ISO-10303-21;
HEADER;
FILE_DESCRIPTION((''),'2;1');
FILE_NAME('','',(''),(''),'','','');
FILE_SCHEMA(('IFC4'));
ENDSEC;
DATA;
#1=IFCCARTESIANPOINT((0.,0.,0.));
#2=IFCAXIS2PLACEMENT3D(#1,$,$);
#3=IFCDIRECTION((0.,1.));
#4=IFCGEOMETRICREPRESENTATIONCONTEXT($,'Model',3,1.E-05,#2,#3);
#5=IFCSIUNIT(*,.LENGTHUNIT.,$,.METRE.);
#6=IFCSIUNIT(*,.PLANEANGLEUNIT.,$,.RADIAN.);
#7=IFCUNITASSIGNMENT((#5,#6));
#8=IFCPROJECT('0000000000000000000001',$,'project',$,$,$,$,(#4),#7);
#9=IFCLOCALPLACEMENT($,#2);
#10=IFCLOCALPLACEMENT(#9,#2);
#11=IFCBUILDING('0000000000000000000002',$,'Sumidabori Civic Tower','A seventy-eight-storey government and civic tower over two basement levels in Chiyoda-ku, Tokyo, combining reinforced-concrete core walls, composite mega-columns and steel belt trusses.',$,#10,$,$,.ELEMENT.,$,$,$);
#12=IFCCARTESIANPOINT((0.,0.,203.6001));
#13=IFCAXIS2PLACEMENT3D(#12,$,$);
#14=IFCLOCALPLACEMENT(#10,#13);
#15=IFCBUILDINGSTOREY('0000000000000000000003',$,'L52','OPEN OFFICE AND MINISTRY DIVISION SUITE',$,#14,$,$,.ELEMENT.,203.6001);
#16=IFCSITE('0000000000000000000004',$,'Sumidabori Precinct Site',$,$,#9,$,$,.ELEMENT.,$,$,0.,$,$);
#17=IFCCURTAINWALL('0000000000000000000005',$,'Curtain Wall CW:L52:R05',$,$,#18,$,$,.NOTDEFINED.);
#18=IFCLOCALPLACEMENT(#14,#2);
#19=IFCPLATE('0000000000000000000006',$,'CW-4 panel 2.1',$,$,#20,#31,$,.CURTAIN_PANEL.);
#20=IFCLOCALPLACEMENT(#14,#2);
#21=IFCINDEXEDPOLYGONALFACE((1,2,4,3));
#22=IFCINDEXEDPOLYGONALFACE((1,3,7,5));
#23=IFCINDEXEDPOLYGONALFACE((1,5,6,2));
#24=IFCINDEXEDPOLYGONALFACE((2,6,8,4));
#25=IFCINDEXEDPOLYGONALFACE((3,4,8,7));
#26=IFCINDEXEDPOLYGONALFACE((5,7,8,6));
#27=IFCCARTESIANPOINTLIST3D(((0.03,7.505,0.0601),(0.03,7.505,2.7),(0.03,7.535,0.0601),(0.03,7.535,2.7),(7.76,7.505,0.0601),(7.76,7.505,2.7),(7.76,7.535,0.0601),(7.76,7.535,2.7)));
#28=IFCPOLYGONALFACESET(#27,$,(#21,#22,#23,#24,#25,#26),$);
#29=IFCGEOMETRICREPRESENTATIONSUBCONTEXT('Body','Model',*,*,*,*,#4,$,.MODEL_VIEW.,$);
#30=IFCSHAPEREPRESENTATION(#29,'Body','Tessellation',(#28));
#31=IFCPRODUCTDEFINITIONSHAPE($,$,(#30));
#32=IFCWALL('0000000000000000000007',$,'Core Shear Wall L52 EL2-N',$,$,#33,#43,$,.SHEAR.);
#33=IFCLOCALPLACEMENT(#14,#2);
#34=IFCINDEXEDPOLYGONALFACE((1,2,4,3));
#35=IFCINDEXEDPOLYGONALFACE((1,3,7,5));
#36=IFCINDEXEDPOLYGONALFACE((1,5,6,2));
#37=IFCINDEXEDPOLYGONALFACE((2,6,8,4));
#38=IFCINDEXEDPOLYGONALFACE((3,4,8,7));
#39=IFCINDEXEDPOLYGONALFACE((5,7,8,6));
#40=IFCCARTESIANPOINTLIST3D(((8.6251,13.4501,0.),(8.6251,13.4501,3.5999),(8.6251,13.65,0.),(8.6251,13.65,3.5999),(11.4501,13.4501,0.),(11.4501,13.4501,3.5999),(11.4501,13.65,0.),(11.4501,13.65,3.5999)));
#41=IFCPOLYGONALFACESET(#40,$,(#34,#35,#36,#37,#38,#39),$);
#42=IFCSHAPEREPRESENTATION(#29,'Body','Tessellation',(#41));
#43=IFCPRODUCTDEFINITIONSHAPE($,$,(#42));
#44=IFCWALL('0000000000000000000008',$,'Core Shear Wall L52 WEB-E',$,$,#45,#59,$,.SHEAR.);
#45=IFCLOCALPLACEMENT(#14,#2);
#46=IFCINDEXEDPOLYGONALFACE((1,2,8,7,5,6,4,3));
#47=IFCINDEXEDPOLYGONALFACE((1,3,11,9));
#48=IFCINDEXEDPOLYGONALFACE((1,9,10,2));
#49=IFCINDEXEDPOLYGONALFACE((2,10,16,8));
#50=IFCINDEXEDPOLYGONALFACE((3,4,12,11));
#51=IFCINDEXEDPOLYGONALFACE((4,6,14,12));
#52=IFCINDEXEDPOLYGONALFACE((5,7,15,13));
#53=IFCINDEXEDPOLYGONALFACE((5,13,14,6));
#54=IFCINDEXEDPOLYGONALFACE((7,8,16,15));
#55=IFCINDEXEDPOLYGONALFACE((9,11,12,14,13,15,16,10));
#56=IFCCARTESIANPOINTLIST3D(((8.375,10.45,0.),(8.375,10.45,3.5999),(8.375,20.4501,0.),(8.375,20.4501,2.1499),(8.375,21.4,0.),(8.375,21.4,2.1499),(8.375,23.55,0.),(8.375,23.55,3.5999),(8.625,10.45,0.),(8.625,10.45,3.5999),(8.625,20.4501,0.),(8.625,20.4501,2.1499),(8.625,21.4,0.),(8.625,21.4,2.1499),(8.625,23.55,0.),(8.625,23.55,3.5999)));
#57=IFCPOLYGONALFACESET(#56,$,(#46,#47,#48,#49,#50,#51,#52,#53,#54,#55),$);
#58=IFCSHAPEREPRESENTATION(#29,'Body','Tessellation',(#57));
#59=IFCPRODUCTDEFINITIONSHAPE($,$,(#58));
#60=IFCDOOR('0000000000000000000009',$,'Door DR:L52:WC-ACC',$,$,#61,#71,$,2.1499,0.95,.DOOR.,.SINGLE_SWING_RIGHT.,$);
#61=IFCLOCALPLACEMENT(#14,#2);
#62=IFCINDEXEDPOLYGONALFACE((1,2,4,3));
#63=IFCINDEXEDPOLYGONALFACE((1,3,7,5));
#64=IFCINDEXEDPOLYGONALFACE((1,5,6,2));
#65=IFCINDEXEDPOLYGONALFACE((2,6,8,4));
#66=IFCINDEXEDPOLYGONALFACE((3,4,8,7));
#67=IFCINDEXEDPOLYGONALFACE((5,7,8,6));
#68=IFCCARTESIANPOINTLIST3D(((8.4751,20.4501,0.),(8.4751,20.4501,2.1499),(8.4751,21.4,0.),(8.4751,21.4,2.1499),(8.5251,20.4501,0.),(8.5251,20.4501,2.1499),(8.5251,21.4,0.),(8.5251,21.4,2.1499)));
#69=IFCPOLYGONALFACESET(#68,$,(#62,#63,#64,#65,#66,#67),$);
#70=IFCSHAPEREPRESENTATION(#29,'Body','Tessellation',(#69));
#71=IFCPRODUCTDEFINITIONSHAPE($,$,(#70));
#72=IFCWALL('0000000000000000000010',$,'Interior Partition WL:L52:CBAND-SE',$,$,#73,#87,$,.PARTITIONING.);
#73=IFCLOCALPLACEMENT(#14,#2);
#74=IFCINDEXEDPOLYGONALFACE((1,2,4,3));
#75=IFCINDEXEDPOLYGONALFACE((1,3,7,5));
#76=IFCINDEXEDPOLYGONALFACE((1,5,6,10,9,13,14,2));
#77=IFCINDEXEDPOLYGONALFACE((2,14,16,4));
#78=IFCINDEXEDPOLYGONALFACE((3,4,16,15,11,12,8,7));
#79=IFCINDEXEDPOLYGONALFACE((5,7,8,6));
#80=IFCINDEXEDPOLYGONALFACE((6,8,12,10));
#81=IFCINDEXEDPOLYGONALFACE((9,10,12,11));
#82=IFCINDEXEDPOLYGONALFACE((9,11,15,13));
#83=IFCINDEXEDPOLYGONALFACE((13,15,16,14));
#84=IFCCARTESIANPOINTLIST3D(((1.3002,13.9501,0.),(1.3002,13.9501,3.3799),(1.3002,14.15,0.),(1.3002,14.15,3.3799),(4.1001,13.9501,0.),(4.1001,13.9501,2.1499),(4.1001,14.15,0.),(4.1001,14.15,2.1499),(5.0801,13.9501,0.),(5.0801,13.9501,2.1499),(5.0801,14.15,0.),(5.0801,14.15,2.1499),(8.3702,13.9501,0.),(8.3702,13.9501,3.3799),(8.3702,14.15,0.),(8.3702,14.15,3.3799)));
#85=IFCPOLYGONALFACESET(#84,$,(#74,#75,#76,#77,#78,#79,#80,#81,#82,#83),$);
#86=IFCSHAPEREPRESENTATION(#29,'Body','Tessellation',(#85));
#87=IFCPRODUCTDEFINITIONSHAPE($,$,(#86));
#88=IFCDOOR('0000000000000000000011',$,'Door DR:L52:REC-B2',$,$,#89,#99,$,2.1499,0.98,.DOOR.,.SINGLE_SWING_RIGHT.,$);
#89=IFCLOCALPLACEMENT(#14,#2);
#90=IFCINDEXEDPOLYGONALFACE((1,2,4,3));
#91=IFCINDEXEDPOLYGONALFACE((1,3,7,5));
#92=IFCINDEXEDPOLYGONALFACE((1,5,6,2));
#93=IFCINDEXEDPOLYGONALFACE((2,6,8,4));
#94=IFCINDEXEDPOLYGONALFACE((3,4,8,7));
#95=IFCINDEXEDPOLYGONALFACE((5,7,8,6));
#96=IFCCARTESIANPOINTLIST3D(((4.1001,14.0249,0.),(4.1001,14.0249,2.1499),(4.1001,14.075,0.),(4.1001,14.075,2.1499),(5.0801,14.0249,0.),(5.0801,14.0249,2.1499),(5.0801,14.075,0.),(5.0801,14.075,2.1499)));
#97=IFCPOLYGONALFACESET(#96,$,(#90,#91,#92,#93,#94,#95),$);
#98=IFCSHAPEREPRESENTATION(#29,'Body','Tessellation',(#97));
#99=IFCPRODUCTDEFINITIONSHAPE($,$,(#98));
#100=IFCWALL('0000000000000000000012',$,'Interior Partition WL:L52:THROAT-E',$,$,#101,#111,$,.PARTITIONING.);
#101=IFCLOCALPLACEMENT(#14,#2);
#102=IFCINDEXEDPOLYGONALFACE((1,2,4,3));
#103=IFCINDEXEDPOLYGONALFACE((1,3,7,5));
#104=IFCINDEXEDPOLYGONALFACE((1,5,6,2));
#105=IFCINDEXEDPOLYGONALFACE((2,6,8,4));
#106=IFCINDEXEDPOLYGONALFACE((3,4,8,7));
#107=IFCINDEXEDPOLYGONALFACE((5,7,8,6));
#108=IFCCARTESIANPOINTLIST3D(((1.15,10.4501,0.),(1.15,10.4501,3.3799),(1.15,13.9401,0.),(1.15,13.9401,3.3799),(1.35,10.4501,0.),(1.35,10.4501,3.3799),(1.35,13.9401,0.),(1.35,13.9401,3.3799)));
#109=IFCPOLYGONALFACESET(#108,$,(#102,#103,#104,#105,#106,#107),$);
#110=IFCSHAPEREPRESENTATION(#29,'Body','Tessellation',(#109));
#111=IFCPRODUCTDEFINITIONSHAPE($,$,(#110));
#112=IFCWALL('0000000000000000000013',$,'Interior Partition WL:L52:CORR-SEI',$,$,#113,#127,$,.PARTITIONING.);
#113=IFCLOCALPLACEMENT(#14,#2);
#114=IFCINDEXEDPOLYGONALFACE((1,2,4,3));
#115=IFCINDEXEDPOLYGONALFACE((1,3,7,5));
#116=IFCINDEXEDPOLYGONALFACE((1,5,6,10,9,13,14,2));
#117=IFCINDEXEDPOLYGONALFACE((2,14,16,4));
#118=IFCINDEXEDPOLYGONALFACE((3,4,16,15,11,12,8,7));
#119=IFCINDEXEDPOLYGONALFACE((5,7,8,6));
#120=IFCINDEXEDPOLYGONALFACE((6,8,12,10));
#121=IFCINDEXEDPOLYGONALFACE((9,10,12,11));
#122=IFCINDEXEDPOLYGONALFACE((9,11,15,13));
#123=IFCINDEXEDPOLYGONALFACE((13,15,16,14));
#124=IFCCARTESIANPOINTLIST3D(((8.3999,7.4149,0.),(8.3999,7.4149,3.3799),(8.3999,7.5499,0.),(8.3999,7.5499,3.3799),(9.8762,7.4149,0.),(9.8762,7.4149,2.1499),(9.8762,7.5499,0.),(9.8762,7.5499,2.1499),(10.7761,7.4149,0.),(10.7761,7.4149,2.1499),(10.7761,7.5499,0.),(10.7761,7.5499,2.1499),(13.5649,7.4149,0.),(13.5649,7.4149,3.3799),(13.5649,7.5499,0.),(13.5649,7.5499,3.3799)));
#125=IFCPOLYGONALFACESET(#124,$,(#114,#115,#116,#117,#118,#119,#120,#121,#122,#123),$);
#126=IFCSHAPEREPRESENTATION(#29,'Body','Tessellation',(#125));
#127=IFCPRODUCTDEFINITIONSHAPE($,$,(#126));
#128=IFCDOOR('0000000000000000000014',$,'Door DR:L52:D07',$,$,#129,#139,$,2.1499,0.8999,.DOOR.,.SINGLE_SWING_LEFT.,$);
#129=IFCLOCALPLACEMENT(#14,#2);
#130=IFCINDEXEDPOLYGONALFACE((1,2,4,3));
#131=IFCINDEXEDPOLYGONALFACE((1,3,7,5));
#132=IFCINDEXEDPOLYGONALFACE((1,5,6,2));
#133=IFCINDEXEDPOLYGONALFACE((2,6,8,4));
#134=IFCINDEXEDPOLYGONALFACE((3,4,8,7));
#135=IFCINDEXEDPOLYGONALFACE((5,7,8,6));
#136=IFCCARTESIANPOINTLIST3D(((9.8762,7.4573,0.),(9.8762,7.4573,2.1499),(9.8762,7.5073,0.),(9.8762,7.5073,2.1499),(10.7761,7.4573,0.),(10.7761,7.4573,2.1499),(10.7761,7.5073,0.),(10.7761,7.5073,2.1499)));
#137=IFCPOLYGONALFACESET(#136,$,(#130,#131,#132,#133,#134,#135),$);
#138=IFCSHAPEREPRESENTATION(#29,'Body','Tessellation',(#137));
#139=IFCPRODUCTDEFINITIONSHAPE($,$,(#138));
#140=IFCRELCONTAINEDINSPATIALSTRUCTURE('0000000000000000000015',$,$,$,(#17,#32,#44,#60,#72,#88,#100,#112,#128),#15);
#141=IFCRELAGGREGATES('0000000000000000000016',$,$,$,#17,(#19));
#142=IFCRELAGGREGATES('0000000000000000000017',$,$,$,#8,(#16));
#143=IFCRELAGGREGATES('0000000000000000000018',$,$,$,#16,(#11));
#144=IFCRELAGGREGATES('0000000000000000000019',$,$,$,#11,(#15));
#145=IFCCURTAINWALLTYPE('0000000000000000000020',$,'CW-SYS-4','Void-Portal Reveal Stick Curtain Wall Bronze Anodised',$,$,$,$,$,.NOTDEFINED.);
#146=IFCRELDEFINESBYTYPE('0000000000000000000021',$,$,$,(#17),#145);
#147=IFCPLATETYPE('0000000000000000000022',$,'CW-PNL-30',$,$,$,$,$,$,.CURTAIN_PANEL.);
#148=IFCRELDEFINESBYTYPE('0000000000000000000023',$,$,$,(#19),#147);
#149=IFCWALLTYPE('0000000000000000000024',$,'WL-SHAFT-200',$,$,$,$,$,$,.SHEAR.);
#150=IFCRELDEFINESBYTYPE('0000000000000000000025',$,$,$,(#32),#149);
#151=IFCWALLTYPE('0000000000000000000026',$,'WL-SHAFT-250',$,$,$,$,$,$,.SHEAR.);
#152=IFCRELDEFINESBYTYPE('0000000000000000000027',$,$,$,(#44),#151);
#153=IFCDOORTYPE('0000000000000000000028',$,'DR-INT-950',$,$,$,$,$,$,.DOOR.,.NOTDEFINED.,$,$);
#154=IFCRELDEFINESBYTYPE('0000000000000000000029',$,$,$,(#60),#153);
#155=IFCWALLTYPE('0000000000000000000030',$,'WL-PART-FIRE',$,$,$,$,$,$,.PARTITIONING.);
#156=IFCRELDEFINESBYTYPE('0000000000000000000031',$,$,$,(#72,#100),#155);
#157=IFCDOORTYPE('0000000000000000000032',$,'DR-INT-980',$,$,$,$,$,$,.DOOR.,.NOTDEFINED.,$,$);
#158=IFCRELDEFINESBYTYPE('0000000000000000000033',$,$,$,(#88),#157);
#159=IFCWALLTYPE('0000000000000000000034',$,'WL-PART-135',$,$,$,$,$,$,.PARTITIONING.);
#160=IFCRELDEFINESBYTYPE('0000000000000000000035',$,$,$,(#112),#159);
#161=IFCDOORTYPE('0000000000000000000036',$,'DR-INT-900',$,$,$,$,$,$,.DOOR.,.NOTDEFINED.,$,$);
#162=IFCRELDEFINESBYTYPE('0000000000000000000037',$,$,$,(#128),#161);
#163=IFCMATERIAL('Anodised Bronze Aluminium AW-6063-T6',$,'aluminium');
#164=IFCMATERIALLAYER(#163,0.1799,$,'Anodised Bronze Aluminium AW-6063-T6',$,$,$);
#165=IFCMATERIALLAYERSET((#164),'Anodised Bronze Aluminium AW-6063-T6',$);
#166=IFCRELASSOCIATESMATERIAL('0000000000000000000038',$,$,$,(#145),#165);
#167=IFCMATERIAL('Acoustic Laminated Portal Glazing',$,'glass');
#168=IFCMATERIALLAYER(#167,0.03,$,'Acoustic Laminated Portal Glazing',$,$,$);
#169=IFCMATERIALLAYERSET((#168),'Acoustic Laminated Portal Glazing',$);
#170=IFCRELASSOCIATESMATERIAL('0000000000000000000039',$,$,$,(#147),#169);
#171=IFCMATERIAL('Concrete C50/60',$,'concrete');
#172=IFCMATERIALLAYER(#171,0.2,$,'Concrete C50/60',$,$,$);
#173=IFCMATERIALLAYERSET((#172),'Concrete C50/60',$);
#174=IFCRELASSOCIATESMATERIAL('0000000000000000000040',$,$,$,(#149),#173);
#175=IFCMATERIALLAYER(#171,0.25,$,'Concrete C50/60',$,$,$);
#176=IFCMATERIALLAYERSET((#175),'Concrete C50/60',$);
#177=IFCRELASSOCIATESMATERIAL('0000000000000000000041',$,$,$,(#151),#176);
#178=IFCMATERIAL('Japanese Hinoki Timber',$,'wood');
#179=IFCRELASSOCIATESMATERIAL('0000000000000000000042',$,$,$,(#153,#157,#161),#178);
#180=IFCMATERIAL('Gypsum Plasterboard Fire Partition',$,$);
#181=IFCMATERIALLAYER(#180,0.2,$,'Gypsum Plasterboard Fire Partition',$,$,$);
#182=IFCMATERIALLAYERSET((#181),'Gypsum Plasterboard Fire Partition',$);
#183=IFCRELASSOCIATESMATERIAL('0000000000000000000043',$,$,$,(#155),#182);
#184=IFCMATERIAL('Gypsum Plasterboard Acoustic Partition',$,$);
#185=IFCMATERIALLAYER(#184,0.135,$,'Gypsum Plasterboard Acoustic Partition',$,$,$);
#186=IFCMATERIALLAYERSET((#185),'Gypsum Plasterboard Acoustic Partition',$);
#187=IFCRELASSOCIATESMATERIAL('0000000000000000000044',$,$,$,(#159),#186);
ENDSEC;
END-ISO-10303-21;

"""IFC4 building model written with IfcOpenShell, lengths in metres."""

from ifc_helpers import new_model, si_unit, direction, frame, frame_2d, origin, origin_2d, place, context, subcontext, project, spatial, rectangle, extrude, source, transform, mapped, material, layer, layer_set, type_object, element, fill, aggregate, save


model = new_model("IFC4")

# Units and contexts
model_context = context("Model", 3, precision=1e-05, world=origin(), true_north=direction((0.0, 1.0)))
body_context = subcontext(model_context, "Body", "Model", "MODEL_VIEW")
ifc_project = project(units=[si_unit("LENGTHUNIT", "METRE"), si_unit("PLANEANGLEUNIT", "RADIAN")], contexts=[model_context])

# Site, building, storey
site_placement = place(None, origin())
site = spatial("IfcSite", under=ifc_project, at=site_placement, Name="Sumidabori Precinct Site", CompositionType="ELEMENT", RefElevation=0.0)
building_placement = place(site_placement, origin())
building = spatial("IfcBuilding", under=site, at=building_placement, Name="Sumidabori Civic Tower", Description="A seventy-eight-storey government and civic tower over two basement levels in Chiyoda-ku, Tokyo, combining reinforced-concrete core walls, composite mega-columns and steel belt trusses.", CompositionType="ELEMENT")
storey_placement = place(building_placement, frame((0.0, 0.0, 203.6001)))
storey = spatial("IfcBuildingStorey", under=building, at=storey_placement, Name="L52", Description="OPEN OFFICE AND MINISTRY DIVISION SUITE", CompositionType="ELEMENT", Elevation=203.6001)

# Curtain wall
ifc_material_1 = material(Name="Anodised Bronze Aluminium AW-6063-T6", Category="aluminium")
ifc_layer_1 = layer(ifc_material_1, 0.1799, Name="Anodised Bronze Aluminium AW-6063-T6")
ifc_layer_set_1 = layer_set([ifc_layer_1], Name="Anodised Bronze Aluminium AW-6063-T6")
curtain_wall_type = type_object("IfcCurtainWallType", Name="CW-SYS-4", Description="Void-Portal Reveal Stick Curtain Wall Bronze Anodised", PredefinedType="NOTDEFINED", material=ifc_layer_set_1)
curtain_wall_1_placement = place(storey_placement, origin())
curtain_wall_1 = element("IfcCurtainWall", 1, at=curtain_wall_1_placement, inside=storey, type_object=curtain_wall_type, Name="Curtain Wall CW:L52:R05", PredefinedType="NOTDEFINED")

# Plate
ifc_material_2 = material(Name="Acoustic Laminated Portal Glazing", Category="glass")
ifc_layer_2 = layer(ifc_material_2, 0.03, Name="Acoustic Laminated Portal Glazing")
ifc_layer_set_2 = layer_set([ifc_layer_2], Name="Acoustic Laminated Portal Glazing")
plate_type = type_object("IfcPlateType", Name="CW-PNL-30", PredefinedType="CURTAIN_PANEL", material=ifc_layer_set_2)
shared_shape_1 = source(origin(), body_context, "Body", "SweptSolid", [
    extrude(rectangle(XDim=7.73, YDim=0.03, at=origin_2d()), origin(), (0.0, 0.0, 1.0), 2.6399),
])
plate_1_placement = place(storey_placement, frame((3.895, 7.52, 0.0601), z_axis=(0.0, 0.0, 1.0), x_axis=(1.0, 0.0, 0.0)))
plate_1 = element("IfcPlate", 2, at=plate_1_placement, type_object=plate_type, Name="CW-4 panel 2.1", PredefinedType="CURTAIN_PANEL", context=body_context, shape_type="MappedRepresentation", body=[
    mapped(shared_shape_1, transform((0.0, 0.0, 0.0), x_axis=(1.0, 0.0, 0.0), y_axis=(0.0, 1.0, 0.0), z_axis=(0.0, 0.0, 1.0), scale=1.0)),
])
aggregate(curtain_wall_1, [plate_1])

# Wall
ifc_material_3 = material(Name="Concrete C50/60", Category="concrete")
ifc_layer_3 = layer(ifc_material_3, 0.2, Name="Concrete C50/60")
ifc_layer_set_3 = layer_set([ifc_layer_3], Name="Concrete C50/60")
wall_type_1 = type_object("IfcWallType", Name="WL-SHAFT-200", PredefinedType="SHEAR", material=ifc_layer_set_3)
shared_shape_2 = source(origin(), body_context, "Body", "SweptSolid", [
    extrude(rectangle(XDim=2.825, YDim=0.2, at=frame_2d((1.4126, 0.0))), origin(), (0.0, 0.0, 1.0), 3.5999),
])
wall_1_placement = place(storey_placement, frame((8.625, 13.55, 0.0), z_axis=(0.0, 0.0, 1.0), x_axis=(1.0, 0.0, 0.0)))
element("IfcWall", 3, at=wall_1_placement, inside=storey, type_object=wall_type_1, Name="Core Shear Wall L52 EL2-N", PredefinedType="SHEAR", context=body_context, shape_type="MappedRepresentation", body=[
    mapped(shared_shape_2, transform((0.0, 0.0, 0.0), x_axis=(1.0, 0.0, 0.0), y_axis=(0.0, 1.0, 0.0), z_axis=(0.0, 0.0, 1.0), scale=1.0)),
])

# Walls, openings, doors
ifc_layer_4 = layer(ifc_material_3, 0.25, Name="Concrete C50/60")
ifc_layer_set_4 = layer_set([ifc_layer_4], Name="Concrete C50/60")
wall_type_2 = type_object("IfcWallType", Name="WL-SHAFT-250", PredefinedType="SHEAR", material=ifc_layer_set_4)
shared_shape_3 = source(origin(), body_context, "Body", "SweptSolid", [
    extrude(rectangle(XDim=13.1001, YDim=0.25, at=frame_2d((6.55, 0.0))), origin(), (0.0, 0.0, 1.0), 3.5999),
])
wall_2_placement = place(storey_placement, frame((8.5, 10.45, 0.0), z_axis=(0.0, 0.0, 1.0), x_axis=(0.0, 1.0, 0.0)))
wall_2 = element("IfcWall", 4, at=wall_2_placement, inside=storey, type_object=wall_type_2, Name="Core Shear Wall L52 WEB-E", PredefinedType="SHEAR", context=body_context, shape_type="MappedRepresentation", body=[
    mapped(shared_shape_3, transform((0.0, 0.0, 0.0), x_axis=(1.0, 0.0, 0.0), y_axis=(0.0, 1.0, 0.0), z_axis=(0.0, 0.0, 1.0), scale=1.0)),
])
opening_1_placement = place(wall_2_placement, frame((10.0, 0.0, 0.0)))
opening_1 = element("IfcOpeningElement", 5, at=opening_1_placement, cuts=wall_2, PredefinedType="OPENING", context=body_context, shape_type="SweptSolid", body=[
    extrude(rectangle(XDim=0.95, YDim=2.1499, at=frame_2d((0.4751, 1.075))), frame((0.0, 0.137, 0.0), z_axis=(0.0, -1.0, 0.0), x_axis=(1.0, 0.0, 0.0)), (0.0, 0.0, 1.0), 0.2739),
])
ifc_material_4 = material(Name="Japanese Hinoki Timber", Category="wood")
door_type_1 = type_object("IfcDoorType", Name="DR-INT-950", OperationType="NOTDEFINED", PredefinedType="DOOR", material=ifc_material_4)
shared_shape_4 = source(origin(), body_context, "Body", "SweptSolid", [
    extrude(rectangle(XDim=0.95, YDim=2.1499, at=frame_2d((0.4751, 1.075))), frame((0.0, 0.0249, 0.0), z_axis=(0.0, -1.0, 0.0), x_axis=(1.0, 0.0, 0.0)), (0.0, 0.0, 1.0), 0.05),
])
door_1_placement = place(opening_1_placement, origin())
door_1 = element("IfcDoor", 6, at=door_1_placement, inside=storey, type_object=door_type_1, Name="Door DR:L52:WC-ACC", OperationType="SINGLE_SWING_RIGHT", OverallHeight=2.1499, OverallWidth=0.95, PredefinedType="DOOR", context=body_context, shape_type="MappedRepresentation", body=[
    mapped(shared_shape_4, transform((0.0, 0.0, 0.0), x_axis=(1.0, 0.0, 0.0), y_axis=(0.0, 1.0, 0.0), z_axis=(0.0, 0.0, 1.0), scale=1.0)),
])
fill(opening_1, door_1)
ifc_material_5 = material(Name="Gypsum Plasterboard Fire Partition")
ifc_layer_5 = layer(ifc_material_5, 0.2, Name="Gypsum Plasterboard Fire Partition")
ifc_layer_set_5 = layer_set([ifc_layer_5], Name="Gypsum Plasterboard Fire Partition")
wall_type_3 = type_object("IfcWallType", Name="WL-PART-FIRE", PredefinedType="PARTITIONING", material=ifc_layer_set_5)
shared_shape_5 = source(origin(), body_context, "Body", "SweptSolid", [
    extrude(rectangle(XDim=7.0701, YDim=0.2, at=frame_2d((3.5352, 0.0))), origin(), (0.0, 0.0, 1.0), 3.3799),
])
wall_3_placement = place(storey_placement, frame((1.3, 14.05, 0.0), z_axis=(0.0, 0.0, 1.0), x_axis=(1.0, 0.0, 0.0)))
wall_3 = element("IfcWall", 7, at=wall_3_placement, inside=storey, type_object=wall_type_3, Name="Interior Partition WL:L52:CBAND-SE", PredefinedType="PARTITIONING", context=body_context, shape_type="MappedRepresentation", body=[
    mapped(shared_shape_5, transform((0.0, 0.0, 0.0), x_axis=(1.0, 0.0, 0.0), y_axis=(0.0, 1.0, 0.0), z_axis=(0.0, 0.0, 1.0), scale=1.0)),
])
opening_2_placement = place(wall_3_placement, frame((2.8, 0.0, 0.0)))
opening_2 = element("IfcOpeningElement", 8, at=opening_2_placement, cuts=wall_3, PredefinedType="OPENING", context=body_context, shape_type="SweptSolid", body=[
    extrude(rectangle(XDim=0.98, YDim=2.1499, at=frame_2d((0.49, 1.075))), frame((0.0, 0.1118, 0.0), z_axis=(0.0, -1.0, 0.0), x_axis=(1.0, 0.0, 0.0)), (0.0, 0.0, 1.0), 0.2239),
])
door_type_2 = type_object("IfcDoorType", Name="DR-INT-980", OperationType="NOTDEFINED", PredefinedType="DOOR", material=ifc_material_4)
shared_shape_6 = source(origin(), body_context, "Body", "SweptSolid", [
    extrude(rectangle(XDim=0.98, YDim=2.1499, at=frame_2d((0.49, 1.075))), frame((0.0, 0.0249, 0.0), z_axis=(0.0, -1.0, 0.0), x_axis=(1.0, 0.0, 0.0)), (0.0, 0.0, 1.0), 0.05),
])
door_2_placement = place(opening_2_placement, origin())
door_2 = element("IfcDoor", 9, at=door_2_placement, inside=storey, type_object=door_type_2, Name="Door DR:L52:REC-B2", OperationType="SINGLE_SWING_RIGHT", OverallHeight=2.1499, OverallWidth=0.98, PredefinedType="DOOR", context=body_context, shape_type="MappedRepresentation", body=[
    mapped(shared_shape_6, transform((0.0, 0.0, 0.0), x_axis=(1.0, 0.0, 0.0), y_axis=(0.0, 1.0, 0.0), z_axis=(0.0, 0.0, 1.0), scale=1.0)),
])
fill(opening_2, door_2)

# Wall
shared_shape_7 = source(origin(), body_context, "Body", "SweptSolid", [
    extrude(rectangle(XDim=3.49, YDim=0.2, at=frame_2d((1.7451, 0.0))), origin(), (0.0, 0.0, 1.0), 3.3799),
])
wall_4_placement = place(storey_placement, frame((1.25, 10.45, 0.0), z_axis=(0.0, 0.0, 1.0), x_axis=(0.0, 1.0, 0.0)))
element("IfcWall", 10, at=wall_4_placement, inside=storey, type_object=wall_type_3, Name="Interior Partition WL:L52:THROAT-E", PredefinedType="PARTITIONING", context=body_context, shape_type="MappedRepresentation", body=[
    mapped(shared_shape_7, transform((0.0, 0.0, 0.0), x_axis=(1.0, 0.0, 0.0), y_axis=(0.0, 1.0, 0.0), z_axis=(0.0, 0.0, 1.0), scale=1.0)),
])

# Wall, opening, door
ifc_material_6 = material(Name="Gypsum Plasterboard Acoustic Partition")
ifc_layer_6 = layer(ifc_material_6, 0.135, Name="Gypsum Plasterboard Acoustic Partition")
ifc_layer_set_6 = layer_set([ifc_layer_6], Name="Gypsum Plasterboard Acoustic Partition")
wall_type_4 = type_object("IfcWallType", Name="WL-PART-135", PredefinedType="PARTITIONING", material=ifc_layer_set_6)
shared_shape_8 = source(origin(), body_context, "Body", "SweptSolid", [
    extrude(rectangle(XDim=5.165, YDim=0.135, at=frame_2d((2.5825, 0.0))), origin(), (0.0, 0.0, 1.0), 3.3799),
])
wall_5_placement = place(storey_placement, frame((8.3999, 7.4824, 0.0), z_axis=(0.0, 0.0, 1.0), x_axis=(1.0, 0.0, 0.0)))
wall_5 = element("IfcWall", 11, at=wall_5_placement, inside=storey, type_object=wall_type_4, Name="Interior Partition WL:L52:CORR-SEI", PredefinedType="PARTITIONING", context=body_context, shape_type="MappedRepresentation", body=[
    mapped(shared_shape_8, transform((0.0, 0.0, 0.0), x_axis=(1.0, 0.0, 0.0), y_axis=(0.0, 1.0, 0.0), z_axis=(0.0, 0.0, 1.0), scale=1.0)),
])
opening_3_placement = place(wall_5_placement, frame((1.4763, 0.0, 0.0)))
opening_3 = element("IfcOpeningElement", 12, at=opening_3_placement, cuts=wall_5, PredefinedType="OPENING", context=body_context, shape_type="SweptSolid", body=[
    extrude(rectangle(XDim=0.8999, YDim=2.1499, at=frame_2d((0.45, 1.075))), frame((0.0, 0.0796, 0.0), z_axis=(0.0, -1.0, 0.0), x_axis=(1.0, 0.0, 0.0)), (0.0, 0.0, 1.0), 0.1589),
])
door_type_3 = type_object("IfcDoorType", Name="DR-INT-900", OperationType="NOTDEFINED", PredefinedType="DOOR", material=ifc_material_4)
shared_shape_9 = source(origin(), body_context, "Body", "SweptSolid", [
    extrude(rectangle(XDim=0.8999, YDim=2.1499, at=frame_2d((0.45, 1.075))), frame((0.0, 0.0249, 0.0), z_axis=(0.0, -1.0, 0.0), x_axis=(1.0, 0.0, 0.0)), (0.0, 0.0, 1.0), 0.05),
])
door_3_placement = place(opening_3_placement, origin())
door_3 = element("IfcDoor", 13, at=door_3_placement, inside=storey, type_object=door_type_3, Name="Door DR:L52:D07", OperationType="SINGLE_SWING_LEFT", OverallHeight=2.1499, OverallWidth=0.8999, PredefinedType="DOOR", context=body_context, shape_type="MappedRepresentation", body=[
    mapped(shared_shape_9, transform((0.0, 0.0, 0.0), x_axis=(1.0, 0.0, 0.0), y_axis=(0.0, 1.0, 0.0), z_axis=(0.0, 0.0, 1.0), scale=1.0)),
])
fill(opening_3, door_3)

save(model, "model.ifc")
